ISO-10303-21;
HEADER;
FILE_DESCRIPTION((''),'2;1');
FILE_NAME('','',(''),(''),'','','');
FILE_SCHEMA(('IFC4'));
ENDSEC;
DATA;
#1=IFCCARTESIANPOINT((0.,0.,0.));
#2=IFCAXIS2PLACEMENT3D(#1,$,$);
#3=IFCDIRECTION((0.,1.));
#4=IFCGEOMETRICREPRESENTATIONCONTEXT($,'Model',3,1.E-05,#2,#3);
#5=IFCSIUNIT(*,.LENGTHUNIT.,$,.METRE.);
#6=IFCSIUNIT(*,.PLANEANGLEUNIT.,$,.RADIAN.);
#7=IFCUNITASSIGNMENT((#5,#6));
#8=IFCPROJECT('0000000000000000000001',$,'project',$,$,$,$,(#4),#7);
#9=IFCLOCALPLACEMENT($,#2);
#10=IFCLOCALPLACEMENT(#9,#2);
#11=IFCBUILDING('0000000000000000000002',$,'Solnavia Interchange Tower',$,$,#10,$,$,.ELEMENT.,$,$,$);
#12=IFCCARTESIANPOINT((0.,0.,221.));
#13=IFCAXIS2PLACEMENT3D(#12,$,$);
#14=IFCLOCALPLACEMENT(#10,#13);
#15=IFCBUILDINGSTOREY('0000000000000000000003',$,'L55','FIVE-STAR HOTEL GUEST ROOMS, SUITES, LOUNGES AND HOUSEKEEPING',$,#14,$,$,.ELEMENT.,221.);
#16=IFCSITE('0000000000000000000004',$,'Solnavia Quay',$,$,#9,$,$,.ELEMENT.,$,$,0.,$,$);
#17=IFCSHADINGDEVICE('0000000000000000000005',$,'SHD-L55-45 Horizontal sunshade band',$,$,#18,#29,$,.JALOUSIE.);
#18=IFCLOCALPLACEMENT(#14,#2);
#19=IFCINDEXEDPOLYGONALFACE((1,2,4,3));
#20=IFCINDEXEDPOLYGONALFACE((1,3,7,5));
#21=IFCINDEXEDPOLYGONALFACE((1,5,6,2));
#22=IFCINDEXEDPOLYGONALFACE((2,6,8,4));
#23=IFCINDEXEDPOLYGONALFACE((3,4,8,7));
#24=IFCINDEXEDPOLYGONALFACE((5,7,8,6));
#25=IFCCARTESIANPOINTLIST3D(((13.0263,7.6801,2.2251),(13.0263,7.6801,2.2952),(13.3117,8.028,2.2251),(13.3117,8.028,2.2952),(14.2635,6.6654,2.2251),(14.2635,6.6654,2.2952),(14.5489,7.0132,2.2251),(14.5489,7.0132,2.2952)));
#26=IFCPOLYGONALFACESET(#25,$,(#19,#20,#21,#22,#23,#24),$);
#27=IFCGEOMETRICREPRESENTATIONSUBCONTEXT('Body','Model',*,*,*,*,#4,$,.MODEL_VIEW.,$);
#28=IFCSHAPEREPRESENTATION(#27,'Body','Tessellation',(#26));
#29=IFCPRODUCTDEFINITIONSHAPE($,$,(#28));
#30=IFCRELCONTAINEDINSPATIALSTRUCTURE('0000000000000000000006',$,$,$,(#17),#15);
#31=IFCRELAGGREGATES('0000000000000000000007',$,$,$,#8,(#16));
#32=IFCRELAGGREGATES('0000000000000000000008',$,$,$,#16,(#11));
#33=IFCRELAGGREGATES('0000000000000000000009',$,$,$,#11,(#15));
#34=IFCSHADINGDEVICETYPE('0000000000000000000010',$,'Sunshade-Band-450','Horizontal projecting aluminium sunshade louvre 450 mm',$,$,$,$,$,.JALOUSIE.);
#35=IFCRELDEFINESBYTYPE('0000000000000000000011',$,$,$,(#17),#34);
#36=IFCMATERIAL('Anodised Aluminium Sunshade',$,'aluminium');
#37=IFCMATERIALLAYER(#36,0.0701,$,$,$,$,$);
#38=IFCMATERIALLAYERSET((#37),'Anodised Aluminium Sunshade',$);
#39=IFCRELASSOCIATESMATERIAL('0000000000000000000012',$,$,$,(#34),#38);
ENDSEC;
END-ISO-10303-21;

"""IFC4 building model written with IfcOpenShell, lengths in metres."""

from ifc_helpers import new_model, si_unit, direction, frame, origin, origin_2d, place, context, subcontext, project, spatial, rectangle, extrude, material, layer, layer_set, type_object, element, save


model = new_model("IFC4")

# Units and contexts
model_context = context("Model", 3, precision=1e-05, world=origin(), true_north=direction((0.0, 1.0)))
body_context = subcontext(model_context, "Body", "Model", "MODEL_VIEW")
ifc_project = project(units=[si_unit("LENGTHUNIT", "METRE"), si_unit("PLANEANGLEUNIT", "RADIAN")], contexts=[model_context])

# Site, building, storey
site_placement = place(None, origin())
site = spatial("IfcSite", under=ifc_project, at=site_placement, Name="Solnavia Quay", CompositionType="ELEMENT", RefElevation=0.0)
building_placement = place(site_placement, origin())
building = spatial("IfcBuilding", under=site, at=building_placement, Name="Solnavia Interchange Tower", CompositionType="ELEMENT")
storey_placement = place(building_placement, frame((0.0, 0.0, 221.0)))
storey = spatial("IfcBuildingStorey", under=building, at=storey_placement, Name="L55", Description="FIVE-STAR HOTEL GUEST ROOMS, SUITES, LOUNGES AND HOUSEKEEPING", CompositionType="ELEMENT", Elevation=221.0)

# Shading device
ifc_material_1 = material(Name="Anodised Aluminium Sunshade", Category="aluminium")
ifc_layer_1 = layer(ifc_material_1, 0.0701)
ifc_layer_set_1 = layer_set([ifc_layer_1], Name="Anodised Aluminium Sunshade")
shading_device_type = type_object("IfcShadingDeviceType", Name="Sunshade-Band-450", Description="Horizontal projecting aluminium sunshade louvre 450 mm", PredefinedType="JALOUSIE", material=ifc_layer_set_1)
shading_device_placement = place(storey_placement, frame((13.7876, 7.3467, 2.2251), z_axis=(0.0, 0.0, 1.0), x_axis=(-0.773177, 0.634191, 0.0)))
element("IfcShadingDevice", 1, at=shading_device_placement, inside=storey, type_object=shading_device_type, Name="SHD-L55-45 Horizontal sunshade band", PredefinedType="JALOUSIE", context=body_context, shape_type="SweptSolid", body=[
    extrude(rectangle(XDim=1.6001, YDim=0.45, at=origin_2d()), origin(), (0.0, 0.0, 1.0), 0.0701),
])

save(model, "model.ifc")
